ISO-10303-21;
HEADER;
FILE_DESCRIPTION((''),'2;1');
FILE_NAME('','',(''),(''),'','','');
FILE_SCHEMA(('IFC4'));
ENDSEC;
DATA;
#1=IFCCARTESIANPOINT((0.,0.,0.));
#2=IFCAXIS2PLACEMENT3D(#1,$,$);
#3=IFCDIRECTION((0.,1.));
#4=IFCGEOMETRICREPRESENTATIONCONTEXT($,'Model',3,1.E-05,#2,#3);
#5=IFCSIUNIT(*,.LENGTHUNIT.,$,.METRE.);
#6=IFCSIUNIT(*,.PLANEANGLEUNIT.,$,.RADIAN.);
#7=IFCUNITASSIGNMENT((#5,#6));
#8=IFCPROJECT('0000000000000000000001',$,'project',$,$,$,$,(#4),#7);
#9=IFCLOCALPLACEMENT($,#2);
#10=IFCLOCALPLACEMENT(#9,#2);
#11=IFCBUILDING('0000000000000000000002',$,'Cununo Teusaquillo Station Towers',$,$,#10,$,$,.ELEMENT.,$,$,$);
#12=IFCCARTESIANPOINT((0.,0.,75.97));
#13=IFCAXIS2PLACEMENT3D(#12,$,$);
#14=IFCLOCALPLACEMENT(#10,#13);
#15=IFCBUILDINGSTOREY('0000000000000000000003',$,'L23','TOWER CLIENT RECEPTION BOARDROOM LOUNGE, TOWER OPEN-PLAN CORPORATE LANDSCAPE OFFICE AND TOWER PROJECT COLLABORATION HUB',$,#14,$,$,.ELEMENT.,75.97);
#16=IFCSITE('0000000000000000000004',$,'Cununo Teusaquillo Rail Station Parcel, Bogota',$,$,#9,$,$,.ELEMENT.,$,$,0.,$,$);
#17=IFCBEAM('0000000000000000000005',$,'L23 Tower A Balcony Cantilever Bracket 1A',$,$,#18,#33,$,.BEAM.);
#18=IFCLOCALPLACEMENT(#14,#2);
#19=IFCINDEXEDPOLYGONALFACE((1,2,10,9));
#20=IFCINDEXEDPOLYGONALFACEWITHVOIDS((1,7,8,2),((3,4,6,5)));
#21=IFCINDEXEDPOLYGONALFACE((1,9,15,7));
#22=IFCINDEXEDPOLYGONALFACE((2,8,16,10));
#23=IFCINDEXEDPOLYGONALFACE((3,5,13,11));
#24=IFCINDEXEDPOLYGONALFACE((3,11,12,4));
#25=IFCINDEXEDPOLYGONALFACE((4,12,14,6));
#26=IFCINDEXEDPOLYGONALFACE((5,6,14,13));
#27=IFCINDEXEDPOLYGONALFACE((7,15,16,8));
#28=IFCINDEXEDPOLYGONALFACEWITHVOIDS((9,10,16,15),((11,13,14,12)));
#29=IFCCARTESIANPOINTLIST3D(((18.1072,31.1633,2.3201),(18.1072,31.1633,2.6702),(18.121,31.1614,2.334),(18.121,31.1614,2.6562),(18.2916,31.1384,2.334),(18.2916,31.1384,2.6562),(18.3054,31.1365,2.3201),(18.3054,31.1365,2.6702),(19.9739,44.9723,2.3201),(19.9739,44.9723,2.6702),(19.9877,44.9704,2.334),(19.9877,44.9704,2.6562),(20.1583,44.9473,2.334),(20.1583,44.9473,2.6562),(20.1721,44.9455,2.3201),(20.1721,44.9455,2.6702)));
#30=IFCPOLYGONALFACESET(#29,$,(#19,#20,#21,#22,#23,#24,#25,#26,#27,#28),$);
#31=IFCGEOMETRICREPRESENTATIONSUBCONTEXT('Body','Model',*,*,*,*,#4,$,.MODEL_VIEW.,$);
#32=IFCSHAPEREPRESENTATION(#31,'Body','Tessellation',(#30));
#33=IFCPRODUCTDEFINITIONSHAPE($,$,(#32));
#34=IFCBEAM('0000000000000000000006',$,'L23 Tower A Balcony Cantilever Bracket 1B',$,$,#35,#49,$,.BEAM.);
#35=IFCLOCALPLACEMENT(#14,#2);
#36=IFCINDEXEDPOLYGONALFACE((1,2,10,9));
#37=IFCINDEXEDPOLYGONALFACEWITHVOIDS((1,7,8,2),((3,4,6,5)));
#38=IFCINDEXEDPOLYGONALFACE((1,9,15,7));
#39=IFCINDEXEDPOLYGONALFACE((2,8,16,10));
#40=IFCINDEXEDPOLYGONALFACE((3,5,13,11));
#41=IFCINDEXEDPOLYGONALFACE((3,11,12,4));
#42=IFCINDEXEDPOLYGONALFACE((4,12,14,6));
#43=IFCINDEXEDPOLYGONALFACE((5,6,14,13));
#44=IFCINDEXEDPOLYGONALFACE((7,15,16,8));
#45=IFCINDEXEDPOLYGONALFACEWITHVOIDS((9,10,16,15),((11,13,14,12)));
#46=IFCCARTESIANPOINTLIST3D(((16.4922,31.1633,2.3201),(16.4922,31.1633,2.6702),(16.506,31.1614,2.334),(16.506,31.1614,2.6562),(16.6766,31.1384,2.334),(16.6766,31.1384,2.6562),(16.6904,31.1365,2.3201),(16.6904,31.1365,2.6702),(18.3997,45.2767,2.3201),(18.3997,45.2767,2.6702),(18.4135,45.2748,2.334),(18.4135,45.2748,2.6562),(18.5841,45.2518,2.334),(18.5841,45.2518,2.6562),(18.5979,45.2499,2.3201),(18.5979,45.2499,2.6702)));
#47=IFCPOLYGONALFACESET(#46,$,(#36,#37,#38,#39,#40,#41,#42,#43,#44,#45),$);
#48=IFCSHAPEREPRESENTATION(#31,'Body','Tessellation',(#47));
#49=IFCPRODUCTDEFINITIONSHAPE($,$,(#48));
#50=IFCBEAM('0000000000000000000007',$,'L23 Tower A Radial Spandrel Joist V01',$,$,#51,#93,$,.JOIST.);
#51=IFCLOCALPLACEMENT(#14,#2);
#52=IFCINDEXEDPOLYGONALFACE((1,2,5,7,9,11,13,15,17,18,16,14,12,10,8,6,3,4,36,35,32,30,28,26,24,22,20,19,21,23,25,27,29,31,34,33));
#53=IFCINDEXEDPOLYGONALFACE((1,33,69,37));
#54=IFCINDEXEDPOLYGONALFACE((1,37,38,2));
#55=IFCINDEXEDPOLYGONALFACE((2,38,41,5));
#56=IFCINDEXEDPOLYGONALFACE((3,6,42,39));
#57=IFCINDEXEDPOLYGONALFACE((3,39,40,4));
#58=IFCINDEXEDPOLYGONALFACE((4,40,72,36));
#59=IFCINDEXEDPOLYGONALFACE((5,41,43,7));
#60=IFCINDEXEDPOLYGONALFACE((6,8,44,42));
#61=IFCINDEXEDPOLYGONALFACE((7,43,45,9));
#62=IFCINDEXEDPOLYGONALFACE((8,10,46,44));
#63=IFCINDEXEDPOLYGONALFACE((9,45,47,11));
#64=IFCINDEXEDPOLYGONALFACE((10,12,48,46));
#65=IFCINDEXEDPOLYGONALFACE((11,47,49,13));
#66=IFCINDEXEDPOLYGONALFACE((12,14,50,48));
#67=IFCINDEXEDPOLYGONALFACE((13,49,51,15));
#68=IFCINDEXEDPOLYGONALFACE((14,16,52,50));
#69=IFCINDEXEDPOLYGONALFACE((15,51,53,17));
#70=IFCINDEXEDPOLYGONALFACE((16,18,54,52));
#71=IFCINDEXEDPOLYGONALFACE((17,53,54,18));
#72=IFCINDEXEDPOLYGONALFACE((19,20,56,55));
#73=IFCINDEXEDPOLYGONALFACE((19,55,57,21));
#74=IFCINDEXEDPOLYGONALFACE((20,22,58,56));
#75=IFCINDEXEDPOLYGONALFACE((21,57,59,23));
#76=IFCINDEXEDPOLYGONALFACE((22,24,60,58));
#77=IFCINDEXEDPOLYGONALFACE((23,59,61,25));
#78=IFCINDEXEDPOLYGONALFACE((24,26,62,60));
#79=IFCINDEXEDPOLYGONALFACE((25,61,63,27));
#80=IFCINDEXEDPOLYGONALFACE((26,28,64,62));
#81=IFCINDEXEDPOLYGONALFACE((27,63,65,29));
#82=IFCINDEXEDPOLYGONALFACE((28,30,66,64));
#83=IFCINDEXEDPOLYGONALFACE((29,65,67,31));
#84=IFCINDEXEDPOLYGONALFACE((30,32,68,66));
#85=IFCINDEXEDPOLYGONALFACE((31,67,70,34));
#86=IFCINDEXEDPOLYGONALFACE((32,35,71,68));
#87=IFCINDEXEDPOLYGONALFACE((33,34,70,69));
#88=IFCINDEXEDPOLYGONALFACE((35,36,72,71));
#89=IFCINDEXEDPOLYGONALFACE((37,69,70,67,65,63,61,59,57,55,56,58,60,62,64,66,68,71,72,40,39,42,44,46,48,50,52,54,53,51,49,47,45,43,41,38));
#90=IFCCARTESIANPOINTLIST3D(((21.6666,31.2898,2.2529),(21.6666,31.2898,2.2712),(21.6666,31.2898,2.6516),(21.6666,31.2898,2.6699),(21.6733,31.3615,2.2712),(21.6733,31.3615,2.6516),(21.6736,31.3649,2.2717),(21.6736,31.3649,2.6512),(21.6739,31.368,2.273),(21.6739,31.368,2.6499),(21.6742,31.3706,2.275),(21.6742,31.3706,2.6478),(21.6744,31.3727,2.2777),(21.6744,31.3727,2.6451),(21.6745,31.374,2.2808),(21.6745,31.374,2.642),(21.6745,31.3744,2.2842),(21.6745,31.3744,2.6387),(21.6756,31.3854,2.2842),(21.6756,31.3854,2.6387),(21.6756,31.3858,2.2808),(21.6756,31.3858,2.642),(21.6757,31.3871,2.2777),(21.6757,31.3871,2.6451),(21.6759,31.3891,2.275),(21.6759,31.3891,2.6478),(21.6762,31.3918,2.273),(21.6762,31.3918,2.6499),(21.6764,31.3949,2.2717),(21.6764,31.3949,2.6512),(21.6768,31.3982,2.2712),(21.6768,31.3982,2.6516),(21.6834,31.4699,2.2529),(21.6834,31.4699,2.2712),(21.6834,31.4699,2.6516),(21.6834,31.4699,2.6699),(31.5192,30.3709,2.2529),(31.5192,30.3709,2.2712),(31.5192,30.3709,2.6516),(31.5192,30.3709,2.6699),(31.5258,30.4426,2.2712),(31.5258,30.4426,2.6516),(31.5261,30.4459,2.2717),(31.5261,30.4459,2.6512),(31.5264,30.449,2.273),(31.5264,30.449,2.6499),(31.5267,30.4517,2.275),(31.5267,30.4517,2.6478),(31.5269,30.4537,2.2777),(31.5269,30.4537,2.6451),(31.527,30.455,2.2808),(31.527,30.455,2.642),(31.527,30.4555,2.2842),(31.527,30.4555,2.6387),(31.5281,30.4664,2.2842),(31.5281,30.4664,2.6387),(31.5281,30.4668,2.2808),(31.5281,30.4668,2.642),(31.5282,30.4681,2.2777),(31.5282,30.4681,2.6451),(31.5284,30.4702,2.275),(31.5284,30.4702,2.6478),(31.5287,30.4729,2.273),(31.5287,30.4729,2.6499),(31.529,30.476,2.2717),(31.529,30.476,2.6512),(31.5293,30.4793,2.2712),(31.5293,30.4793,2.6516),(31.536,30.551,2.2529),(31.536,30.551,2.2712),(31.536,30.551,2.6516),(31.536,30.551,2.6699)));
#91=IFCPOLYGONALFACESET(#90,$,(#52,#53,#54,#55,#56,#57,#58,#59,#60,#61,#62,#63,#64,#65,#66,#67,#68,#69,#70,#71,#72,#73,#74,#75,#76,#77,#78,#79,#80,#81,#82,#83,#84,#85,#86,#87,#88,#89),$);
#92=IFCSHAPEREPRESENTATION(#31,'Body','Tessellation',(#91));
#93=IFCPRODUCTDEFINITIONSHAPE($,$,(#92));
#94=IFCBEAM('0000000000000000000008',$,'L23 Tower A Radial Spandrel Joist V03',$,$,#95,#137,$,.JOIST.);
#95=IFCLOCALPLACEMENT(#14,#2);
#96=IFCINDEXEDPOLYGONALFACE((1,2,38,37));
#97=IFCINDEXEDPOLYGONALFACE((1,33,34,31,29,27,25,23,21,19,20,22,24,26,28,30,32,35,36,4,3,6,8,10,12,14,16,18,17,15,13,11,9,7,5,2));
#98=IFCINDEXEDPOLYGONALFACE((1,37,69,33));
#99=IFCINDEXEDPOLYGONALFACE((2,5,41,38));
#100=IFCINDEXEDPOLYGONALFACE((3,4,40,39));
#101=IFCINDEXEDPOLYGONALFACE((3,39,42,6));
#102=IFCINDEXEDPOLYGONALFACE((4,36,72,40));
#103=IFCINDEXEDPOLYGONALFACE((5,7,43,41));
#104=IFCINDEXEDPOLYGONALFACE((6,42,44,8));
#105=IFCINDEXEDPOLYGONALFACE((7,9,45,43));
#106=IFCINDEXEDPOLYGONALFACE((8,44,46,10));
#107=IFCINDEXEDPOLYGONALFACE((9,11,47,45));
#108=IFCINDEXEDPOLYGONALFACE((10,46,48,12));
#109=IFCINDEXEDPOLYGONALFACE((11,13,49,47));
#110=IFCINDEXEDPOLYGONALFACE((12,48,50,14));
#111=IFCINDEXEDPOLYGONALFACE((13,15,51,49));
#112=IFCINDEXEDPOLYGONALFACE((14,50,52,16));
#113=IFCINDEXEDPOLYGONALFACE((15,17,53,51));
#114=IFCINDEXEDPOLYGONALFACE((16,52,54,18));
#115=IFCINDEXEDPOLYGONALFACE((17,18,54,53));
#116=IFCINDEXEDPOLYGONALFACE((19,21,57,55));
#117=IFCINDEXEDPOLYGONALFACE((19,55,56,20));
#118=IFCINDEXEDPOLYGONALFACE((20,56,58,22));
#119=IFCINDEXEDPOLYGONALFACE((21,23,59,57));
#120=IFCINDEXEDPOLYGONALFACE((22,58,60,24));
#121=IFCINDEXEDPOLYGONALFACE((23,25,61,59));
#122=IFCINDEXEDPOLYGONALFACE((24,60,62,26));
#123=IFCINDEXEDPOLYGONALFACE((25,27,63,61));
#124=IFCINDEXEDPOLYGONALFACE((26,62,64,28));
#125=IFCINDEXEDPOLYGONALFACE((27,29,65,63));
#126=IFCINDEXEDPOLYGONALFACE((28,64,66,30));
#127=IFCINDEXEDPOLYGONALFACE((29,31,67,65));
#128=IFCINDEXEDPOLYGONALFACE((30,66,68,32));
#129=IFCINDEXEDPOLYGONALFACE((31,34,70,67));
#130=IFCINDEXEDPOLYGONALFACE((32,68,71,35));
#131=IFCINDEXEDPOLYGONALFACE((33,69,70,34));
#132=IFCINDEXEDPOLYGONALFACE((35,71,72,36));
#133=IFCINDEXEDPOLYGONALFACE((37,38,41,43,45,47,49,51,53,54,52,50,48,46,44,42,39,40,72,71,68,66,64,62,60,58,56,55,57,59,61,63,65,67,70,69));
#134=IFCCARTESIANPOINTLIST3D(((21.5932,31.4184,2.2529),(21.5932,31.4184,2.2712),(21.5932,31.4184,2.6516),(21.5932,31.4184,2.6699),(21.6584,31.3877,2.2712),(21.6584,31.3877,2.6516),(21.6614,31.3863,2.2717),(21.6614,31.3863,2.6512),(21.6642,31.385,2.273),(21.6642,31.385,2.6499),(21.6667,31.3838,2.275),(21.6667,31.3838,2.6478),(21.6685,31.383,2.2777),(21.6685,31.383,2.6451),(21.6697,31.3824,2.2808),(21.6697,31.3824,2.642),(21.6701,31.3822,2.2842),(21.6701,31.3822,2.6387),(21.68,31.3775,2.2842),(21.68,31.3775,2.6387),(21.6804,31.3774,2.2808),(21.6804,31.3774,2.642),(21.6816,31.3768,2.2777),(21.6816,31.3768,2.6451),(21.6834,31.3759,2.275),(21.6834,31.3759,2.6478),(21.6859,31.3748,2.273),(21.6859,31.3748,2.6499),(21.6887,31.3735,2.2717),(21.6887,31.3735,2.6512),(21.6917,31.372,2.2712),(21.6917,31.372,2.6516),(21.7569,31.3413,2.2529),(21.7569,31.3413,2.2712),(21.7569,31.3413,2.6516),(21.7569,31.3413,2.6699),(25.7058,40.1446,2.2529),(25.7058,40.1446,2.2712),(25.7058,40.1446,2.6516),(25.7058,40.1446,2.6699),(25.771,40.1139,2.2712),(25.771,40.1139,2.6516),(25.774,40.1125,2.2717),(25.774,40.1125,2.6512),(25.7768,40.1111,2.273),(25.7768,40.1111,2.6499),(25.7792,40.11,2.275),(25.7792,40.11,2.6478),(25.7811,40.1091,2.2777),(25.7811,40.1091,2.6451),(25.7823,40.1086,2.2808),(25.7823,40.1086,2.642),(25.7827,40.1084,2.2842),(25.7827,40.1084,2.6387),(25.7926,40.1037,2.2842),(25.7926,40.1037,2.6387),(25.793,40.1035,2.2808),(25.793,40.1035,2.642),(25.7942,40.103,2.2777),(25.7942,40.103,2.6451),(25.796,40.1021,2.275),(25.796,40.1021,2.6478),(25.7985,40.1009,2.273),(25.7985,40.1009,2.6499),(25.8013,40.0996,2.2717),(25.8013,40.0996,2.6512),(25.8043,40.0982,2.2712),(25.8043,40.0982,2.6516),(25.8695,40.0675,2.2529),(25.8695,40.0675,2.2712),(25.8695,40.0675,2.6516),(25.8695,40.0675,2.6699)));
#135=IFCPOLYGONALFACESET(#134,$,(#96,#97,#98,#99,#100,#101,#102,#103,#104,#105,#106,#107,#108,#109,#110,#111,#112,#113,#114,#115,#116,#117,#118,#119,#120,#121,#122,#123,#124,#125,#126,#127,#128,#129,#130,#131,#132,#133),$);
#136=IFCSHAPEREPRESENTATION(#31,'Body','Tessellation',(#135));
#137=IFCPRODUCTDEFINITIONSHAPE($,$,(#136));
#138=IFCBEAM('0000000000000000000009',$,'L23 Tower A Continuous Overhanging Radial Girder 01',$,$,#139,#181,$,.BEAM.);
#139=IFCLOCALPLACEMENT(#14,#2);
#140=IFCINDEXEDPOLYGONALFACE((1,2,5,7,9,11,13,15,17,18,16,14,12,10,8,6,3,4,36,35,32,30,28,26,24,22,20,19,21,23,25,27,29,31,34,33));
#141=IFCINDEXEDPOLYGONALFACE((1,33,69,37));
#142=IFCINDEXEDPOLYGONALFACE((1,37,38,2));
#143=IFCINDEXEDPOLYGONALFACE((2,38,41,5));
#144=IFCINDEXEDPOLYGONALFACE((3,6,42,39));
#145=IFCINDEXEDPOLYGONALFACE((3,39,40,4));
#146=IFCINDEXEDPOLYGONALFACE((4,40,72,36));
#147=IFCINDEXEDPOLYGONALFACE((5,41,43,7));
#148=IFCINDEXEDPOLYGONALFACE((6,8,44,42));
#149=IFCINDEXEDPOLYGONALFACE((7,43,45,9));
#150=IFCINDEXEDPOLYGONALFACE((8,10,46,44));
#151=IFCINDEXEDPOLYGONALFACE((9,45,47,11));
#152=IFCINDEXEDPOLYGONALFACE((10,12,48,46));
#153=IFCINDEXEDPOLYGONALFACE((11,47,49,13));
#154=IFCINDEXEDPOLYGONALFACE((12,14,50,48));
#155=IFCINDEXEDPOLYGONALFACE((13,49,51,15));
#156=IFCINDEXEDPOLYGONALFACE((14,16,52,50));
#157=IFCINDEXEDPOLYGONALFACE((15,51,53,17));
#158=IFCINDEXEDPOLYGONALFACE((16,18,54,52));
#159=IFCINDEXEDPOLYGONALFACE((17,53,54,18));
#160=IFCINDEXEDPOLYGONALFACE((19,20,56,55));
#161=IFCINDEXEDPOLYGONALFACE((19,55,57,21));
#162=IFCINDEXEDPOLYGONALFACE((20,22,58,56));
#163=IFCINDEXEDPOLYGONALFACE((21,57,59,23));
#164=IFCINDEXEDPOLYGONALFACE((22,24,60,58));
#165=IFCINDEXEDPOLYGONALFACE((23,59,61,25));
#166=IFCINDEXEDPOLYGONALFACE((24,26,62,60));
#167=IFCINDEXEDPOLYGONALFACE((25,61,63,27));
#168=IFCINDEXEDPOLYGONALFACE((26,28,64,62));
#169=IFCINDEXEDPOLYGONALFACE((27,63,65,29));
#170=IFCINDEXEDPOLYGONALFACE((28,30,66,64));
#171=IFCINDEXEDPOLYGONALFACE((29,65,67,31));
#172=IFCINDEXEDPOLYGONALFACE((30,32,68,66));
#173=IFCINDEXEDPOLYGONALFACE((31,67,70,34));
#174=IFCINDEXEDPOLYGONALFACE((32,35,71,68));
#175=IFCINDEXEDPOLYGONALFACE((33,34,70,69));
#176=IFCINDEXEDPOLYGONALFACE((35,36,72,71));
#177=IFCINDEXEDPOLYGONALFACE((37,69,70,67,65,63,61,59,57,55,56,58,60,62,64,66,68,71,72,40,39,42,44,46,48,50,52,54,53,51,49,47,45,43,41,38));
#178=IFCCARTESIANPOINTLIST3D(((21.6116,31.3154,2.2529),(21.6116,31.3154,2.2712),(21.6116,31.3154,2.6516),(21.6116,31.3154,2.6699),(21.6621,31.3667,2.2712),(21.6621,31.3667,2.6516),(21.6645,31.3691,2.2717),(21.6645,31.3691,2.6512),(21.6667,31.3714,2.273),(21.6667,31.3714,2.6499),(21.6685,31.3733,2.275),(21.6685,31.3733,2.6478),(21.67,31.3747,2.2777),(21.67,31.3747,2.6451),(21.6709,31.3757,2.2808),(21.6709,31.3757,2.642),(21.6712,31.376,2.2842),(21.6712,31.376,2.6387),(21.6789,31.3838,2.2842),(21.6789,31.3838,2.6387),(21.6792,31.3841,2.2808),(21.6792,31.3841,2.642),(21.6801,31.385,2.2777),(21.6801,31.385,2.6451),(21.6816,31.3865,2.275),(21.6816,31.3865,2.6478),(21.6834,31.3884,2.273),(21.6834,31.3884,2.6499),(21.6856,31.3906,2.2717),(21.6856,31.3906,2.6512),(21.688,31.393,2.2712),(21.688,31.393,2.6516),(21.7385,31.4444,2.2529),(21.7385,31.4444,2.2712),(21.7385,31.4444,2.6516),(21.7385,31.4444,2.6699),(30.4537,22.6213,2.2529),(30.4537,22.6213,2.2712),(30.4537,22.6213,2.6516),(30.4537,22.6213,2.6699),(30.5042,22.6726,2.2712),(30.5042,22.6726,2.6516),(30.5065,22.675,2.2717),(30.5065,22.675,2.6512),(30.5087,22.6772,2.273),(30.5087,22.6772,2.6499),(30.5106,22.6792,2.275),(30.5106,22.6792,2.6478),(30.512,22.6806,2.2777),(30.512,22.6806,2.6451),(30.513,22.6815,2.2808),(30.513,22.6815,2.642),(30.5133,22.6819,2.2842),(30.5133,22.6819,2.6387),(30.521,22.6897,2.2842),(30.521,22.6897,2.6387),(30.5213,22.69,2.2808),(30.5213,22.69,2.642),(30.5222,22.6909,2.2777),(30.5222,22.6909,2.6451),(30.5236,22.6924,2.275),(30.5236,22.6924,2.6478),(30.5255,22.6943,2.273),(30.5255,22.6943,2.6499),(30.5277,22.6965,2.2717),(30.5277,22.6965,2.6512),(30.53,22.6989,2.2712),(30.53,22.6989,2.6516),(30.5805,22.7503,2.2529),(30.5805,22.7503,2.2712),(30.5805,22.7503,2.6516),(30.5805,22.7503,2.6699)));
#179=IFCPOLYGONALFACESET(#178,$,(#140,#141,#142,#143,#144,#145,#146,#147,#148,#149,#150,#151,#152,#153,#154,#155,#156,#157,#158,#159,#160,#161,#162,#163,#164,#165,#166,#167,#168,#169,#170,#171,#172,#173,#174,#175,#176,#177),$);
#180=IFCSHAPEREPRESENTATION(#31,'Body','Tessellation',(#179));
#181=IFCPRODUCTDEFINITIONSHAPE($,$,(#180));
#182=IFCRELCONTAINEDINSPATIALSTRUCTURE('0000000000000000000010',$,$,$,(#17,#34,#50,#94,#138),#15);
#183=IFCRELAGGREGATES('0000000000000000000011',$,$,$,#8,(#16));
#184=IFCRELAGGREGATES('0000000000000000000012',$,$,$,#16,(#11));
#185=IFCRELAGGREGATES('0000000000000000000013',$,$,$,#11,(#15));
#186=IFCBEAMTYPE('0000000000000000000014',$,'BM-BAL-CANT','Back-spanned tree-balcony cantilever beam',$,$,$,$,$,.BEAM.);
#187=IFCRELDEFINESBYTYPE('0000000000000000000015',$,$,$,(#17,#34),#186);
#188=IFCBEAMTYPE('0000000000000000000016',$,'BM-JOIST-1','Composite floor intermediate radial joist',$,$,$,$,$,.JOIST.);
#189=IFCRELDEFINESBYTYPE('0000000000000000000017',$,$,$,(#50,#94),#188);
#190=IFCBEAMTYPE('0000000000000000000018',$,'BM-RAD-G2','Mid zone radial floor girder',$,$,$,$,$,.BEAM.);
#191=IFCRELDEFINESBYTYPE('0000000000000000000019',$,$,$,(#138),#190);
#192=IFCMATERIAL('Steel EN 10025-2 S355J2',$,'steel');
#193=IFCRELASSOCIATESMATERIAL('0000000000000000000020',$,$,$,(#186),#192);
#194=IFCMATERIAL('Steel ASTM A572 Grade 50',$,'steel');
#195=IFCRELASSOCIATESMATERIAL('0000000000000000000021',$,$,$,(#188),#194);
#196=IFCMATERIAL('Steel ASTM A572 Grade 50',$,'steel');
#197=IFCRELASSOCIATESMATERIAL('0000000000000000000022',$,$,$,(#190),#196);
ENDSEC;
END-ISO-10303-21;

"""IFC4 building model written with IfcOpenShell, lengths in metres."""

from ifc_helpers import new_model, si_unit, direction, frame, origin, origin_2d, place, context, subcontext, project, spatial, hollow_rectangle, i_section, extrude, material, material_profile, profile_set, type_object, element, save


model = new_model("IFC4")

# Units and contexts
model_context = context("Model", 3, precision=1e-05, world=origin(), true_north=direction((0.0, 1.0)))
body_context = subcontext(model_context, "Body", "Model", "MODEL_VIEW")
ifc_project = project(units=[si_unit("LENGTHUNIT", "METRE"), si_unit("PLANEANGLEUNIT", "RADIAN")], contexts=[model_context])

# Site, building, storey
site_placement = place(None, origin())
site = spatial("IfcSite", under=ifc_project, at=site_placement, Name="Cununo Teusaquillo Rail Station Parcel, Bogota", CompositionType="ELEMENT", RefElevation=0.0)
building_placement = place(site_placement, origin())
building = spatial("IfcBuilding", under=site, at=building_placement, Name="Cununo Teusaquillo Station Towers", CompositionType="ELEMENT")
storey_placement = place(building_placement, frame((0.0, 0.0, 75.97)))
storey = spatial("IfcBuildingStorey", under=building, at=storey_placement, Name="L23", Description="TOWER CLIENT RECEPTION BOARDROOM LOUNGE, TOWER OPEN-PLAN CORPORATE LANDSCAPE OFFICE AND TOWER PROJECT COLLABORATION HUB", CompositionType="ELEMENT", Elevation=75.97)

# Beams
ifc_material_1 = material(Name="Steel EN 10025-2 S355J2", Category="steel")
ifc_material_profile_1 = material_profile(ifc_material_1, hollow_rectangle(XDim=0.2, YDim=0.3501, WallThickness=0.0139, at=origin_2d()), Name="RHS 350x200x14")
ifc_profile_set_1 = profile_set([ifc_material_profile_1], Name="Steel EN 10025-2 S355J2")
beam_type_1 = type_object("IfcBeamType", Name="BM-BAL-CANT", Description="Back-spanned tree-balcony cantilever beam", PredefinedType="BEAM", material=ifc_profile_set_1)
beam_1_placement = place(storey_placement, frame((18.2063, 31.1499, 2.4951), z_axis=(0.133961, 0.990987, 0.0), x_axis=(-0.990987, 0.133961, 0.0)))
element("IfcBeam", 1, at=beam_1_placement, inside=storey, type_object=beam_type_1, Name="L23 Tower A Balcony Cantilever Bracket 1A", PredefinedType="BEAM", context=body_context, shape_type="SweptSolid", body=[
    extrude(hollow_rectangle(XDim=0.2, YDim=0.3501, WallThickness=0.0139, at=origin_2d()), origin(), (0.0, 0.0, 1.0), 13.9346),
])
beam_2_placement = place(storey_placement, frame((16.5913, 31.1499, 2.4951), z_axis=(0.133937, 0.99099, 0.0), x_axis=(-0.99099, 0.133937, 0.0)))
element("IfcBeam", 2, at=beam_2_placement, inside=storey, type_object=beam_type_1, Name="L23 Tower A Balcony Cantilever Bracket 1B", PredefinedType="BEAM", context=body_context, shape_type="SweptSolid", body=[
    extrude(hollow_rectangle(XDim=0.2, YDim=0.3501, WallThickness=0.0139, at=origin_2d()), origin(), (0.0, 0.0, 1.0), 14.2417),
])
ifc_material_2 = material(Name="Steel ASTM A572 Grade 50", Category="steel")
ifc_material_profile_2 = material_profile(ifc_material_2, i_section(OverallWidth=0.1809, OverallDepth=0.417, WebThickness=0.011, FlangeThickness=0.0183, FilletRadius=0.0129, at=origin_2d()), Name="W16X57")
ifc_profile_set_2 = profile_set([ifc_material_profile_2], Name="Steel ASTM A572 Grade 50")
beam_type_2 = type_object("IfcBeamType", Name="BM-JOIST-1", Description="Composite floor intermediate radial joist", PredefinedType="JOIST", material=ifc_profile_set_2)
beam_3_placement = place(storey_placement, frame((21.675, 31.3799, 2.4614), z_axis=(0.995679, -0.092867, 0.0), x_axis=(0.092867, 0.995679, 0.0)))
element("IfcBeam", 3, at=beam_3_placement, inside=storey, type_object=beam_type_2, Name="L23 Tower A Radial Spandrel Joist V01", PredefinedType="JOIST", context=body_context, shape_type="SweptSolid", body=[
    extrude(i_section(OverallWidth=0.1809, OverallDepth=0.417, WebThickness=0.011, FlangeThickness=0.0183, FilletRadius=0.0129, at=origin_2d()), origin(), (0.0, 0.0, 1.0), 9.8953),
])
beam_4_placement = place(storey_placement, frame((21.675, 31.3799, 2.4614), z_axis=(0.42632, 0.904572, 0.0), x_axis=(-0.904572, 0.42632, 0.0)))
element("IfcBeam", 4, at=beam_4_placement, inside=storey, type_object=beam_type_2, Name="L23 Tower A Radial Spandrel Joist V03", PredefinedType="JOIST", context=body_context, shape_type="SweptSolid", body=[
    extrude(i_section(OverallWidth=0.1809, OverallDepth=0.417, WebThickness=0.011, FlangeThickness=0.0183, FilletRadius=0.0129, at=origin_2d()), origin(), (0.0, 0.0, 1.0), 9.6467),
])
ifc_material_3 = material(Name="Steel ASTM A572 Grade 50", Category="steel")
ifc_material_profile_3 = material_profile(ifc_material_3, i_section(OverallWidth=0.1809, OverallDepth=0.417, WebThickness=0.011, FlangeThickness=0.0183, FilletRadius=0.0129, at=origin_2d()), Name="W16X57")
ifc_profile_set_3 = profile_set([ifc_material_profile_3], Name="Steel ASTM A572 Grade 50")
beam_type_3 = type_object("IfcBeamType", Name="BM-RAD-G2", Description="Mid zone radial floor girder", PredefinedType="BEAM", material=ifc_profile_set_3)
beam_5_placement = place(storey_placement, frame((21.675, 31.3799, 2.4614), z_axis=(0.713047, -0.701116, 0.0), x_axis=(0.701116, 0.713047, 0.0)))
element("IfcBeam", 5, at=beam_5_placement, inside=storey, type_object=beam_type_3, Name="L23 Tower A Continuous Overhanging Radial Girder 01", PredefinedType="BEAM", context=body_context, shape_type="SweptSolid", body=[
    extrude(i_section(OverallWidth=0.1809, OverallDepth=0.417, WebThickness=0.011, FlangeThickness=0.0183, FilletRadius=0.0129, at=origin_2d()), origin(), (0.0, 0.0, 1.0), 12.4004),
])

save(model, "model.ifc")
